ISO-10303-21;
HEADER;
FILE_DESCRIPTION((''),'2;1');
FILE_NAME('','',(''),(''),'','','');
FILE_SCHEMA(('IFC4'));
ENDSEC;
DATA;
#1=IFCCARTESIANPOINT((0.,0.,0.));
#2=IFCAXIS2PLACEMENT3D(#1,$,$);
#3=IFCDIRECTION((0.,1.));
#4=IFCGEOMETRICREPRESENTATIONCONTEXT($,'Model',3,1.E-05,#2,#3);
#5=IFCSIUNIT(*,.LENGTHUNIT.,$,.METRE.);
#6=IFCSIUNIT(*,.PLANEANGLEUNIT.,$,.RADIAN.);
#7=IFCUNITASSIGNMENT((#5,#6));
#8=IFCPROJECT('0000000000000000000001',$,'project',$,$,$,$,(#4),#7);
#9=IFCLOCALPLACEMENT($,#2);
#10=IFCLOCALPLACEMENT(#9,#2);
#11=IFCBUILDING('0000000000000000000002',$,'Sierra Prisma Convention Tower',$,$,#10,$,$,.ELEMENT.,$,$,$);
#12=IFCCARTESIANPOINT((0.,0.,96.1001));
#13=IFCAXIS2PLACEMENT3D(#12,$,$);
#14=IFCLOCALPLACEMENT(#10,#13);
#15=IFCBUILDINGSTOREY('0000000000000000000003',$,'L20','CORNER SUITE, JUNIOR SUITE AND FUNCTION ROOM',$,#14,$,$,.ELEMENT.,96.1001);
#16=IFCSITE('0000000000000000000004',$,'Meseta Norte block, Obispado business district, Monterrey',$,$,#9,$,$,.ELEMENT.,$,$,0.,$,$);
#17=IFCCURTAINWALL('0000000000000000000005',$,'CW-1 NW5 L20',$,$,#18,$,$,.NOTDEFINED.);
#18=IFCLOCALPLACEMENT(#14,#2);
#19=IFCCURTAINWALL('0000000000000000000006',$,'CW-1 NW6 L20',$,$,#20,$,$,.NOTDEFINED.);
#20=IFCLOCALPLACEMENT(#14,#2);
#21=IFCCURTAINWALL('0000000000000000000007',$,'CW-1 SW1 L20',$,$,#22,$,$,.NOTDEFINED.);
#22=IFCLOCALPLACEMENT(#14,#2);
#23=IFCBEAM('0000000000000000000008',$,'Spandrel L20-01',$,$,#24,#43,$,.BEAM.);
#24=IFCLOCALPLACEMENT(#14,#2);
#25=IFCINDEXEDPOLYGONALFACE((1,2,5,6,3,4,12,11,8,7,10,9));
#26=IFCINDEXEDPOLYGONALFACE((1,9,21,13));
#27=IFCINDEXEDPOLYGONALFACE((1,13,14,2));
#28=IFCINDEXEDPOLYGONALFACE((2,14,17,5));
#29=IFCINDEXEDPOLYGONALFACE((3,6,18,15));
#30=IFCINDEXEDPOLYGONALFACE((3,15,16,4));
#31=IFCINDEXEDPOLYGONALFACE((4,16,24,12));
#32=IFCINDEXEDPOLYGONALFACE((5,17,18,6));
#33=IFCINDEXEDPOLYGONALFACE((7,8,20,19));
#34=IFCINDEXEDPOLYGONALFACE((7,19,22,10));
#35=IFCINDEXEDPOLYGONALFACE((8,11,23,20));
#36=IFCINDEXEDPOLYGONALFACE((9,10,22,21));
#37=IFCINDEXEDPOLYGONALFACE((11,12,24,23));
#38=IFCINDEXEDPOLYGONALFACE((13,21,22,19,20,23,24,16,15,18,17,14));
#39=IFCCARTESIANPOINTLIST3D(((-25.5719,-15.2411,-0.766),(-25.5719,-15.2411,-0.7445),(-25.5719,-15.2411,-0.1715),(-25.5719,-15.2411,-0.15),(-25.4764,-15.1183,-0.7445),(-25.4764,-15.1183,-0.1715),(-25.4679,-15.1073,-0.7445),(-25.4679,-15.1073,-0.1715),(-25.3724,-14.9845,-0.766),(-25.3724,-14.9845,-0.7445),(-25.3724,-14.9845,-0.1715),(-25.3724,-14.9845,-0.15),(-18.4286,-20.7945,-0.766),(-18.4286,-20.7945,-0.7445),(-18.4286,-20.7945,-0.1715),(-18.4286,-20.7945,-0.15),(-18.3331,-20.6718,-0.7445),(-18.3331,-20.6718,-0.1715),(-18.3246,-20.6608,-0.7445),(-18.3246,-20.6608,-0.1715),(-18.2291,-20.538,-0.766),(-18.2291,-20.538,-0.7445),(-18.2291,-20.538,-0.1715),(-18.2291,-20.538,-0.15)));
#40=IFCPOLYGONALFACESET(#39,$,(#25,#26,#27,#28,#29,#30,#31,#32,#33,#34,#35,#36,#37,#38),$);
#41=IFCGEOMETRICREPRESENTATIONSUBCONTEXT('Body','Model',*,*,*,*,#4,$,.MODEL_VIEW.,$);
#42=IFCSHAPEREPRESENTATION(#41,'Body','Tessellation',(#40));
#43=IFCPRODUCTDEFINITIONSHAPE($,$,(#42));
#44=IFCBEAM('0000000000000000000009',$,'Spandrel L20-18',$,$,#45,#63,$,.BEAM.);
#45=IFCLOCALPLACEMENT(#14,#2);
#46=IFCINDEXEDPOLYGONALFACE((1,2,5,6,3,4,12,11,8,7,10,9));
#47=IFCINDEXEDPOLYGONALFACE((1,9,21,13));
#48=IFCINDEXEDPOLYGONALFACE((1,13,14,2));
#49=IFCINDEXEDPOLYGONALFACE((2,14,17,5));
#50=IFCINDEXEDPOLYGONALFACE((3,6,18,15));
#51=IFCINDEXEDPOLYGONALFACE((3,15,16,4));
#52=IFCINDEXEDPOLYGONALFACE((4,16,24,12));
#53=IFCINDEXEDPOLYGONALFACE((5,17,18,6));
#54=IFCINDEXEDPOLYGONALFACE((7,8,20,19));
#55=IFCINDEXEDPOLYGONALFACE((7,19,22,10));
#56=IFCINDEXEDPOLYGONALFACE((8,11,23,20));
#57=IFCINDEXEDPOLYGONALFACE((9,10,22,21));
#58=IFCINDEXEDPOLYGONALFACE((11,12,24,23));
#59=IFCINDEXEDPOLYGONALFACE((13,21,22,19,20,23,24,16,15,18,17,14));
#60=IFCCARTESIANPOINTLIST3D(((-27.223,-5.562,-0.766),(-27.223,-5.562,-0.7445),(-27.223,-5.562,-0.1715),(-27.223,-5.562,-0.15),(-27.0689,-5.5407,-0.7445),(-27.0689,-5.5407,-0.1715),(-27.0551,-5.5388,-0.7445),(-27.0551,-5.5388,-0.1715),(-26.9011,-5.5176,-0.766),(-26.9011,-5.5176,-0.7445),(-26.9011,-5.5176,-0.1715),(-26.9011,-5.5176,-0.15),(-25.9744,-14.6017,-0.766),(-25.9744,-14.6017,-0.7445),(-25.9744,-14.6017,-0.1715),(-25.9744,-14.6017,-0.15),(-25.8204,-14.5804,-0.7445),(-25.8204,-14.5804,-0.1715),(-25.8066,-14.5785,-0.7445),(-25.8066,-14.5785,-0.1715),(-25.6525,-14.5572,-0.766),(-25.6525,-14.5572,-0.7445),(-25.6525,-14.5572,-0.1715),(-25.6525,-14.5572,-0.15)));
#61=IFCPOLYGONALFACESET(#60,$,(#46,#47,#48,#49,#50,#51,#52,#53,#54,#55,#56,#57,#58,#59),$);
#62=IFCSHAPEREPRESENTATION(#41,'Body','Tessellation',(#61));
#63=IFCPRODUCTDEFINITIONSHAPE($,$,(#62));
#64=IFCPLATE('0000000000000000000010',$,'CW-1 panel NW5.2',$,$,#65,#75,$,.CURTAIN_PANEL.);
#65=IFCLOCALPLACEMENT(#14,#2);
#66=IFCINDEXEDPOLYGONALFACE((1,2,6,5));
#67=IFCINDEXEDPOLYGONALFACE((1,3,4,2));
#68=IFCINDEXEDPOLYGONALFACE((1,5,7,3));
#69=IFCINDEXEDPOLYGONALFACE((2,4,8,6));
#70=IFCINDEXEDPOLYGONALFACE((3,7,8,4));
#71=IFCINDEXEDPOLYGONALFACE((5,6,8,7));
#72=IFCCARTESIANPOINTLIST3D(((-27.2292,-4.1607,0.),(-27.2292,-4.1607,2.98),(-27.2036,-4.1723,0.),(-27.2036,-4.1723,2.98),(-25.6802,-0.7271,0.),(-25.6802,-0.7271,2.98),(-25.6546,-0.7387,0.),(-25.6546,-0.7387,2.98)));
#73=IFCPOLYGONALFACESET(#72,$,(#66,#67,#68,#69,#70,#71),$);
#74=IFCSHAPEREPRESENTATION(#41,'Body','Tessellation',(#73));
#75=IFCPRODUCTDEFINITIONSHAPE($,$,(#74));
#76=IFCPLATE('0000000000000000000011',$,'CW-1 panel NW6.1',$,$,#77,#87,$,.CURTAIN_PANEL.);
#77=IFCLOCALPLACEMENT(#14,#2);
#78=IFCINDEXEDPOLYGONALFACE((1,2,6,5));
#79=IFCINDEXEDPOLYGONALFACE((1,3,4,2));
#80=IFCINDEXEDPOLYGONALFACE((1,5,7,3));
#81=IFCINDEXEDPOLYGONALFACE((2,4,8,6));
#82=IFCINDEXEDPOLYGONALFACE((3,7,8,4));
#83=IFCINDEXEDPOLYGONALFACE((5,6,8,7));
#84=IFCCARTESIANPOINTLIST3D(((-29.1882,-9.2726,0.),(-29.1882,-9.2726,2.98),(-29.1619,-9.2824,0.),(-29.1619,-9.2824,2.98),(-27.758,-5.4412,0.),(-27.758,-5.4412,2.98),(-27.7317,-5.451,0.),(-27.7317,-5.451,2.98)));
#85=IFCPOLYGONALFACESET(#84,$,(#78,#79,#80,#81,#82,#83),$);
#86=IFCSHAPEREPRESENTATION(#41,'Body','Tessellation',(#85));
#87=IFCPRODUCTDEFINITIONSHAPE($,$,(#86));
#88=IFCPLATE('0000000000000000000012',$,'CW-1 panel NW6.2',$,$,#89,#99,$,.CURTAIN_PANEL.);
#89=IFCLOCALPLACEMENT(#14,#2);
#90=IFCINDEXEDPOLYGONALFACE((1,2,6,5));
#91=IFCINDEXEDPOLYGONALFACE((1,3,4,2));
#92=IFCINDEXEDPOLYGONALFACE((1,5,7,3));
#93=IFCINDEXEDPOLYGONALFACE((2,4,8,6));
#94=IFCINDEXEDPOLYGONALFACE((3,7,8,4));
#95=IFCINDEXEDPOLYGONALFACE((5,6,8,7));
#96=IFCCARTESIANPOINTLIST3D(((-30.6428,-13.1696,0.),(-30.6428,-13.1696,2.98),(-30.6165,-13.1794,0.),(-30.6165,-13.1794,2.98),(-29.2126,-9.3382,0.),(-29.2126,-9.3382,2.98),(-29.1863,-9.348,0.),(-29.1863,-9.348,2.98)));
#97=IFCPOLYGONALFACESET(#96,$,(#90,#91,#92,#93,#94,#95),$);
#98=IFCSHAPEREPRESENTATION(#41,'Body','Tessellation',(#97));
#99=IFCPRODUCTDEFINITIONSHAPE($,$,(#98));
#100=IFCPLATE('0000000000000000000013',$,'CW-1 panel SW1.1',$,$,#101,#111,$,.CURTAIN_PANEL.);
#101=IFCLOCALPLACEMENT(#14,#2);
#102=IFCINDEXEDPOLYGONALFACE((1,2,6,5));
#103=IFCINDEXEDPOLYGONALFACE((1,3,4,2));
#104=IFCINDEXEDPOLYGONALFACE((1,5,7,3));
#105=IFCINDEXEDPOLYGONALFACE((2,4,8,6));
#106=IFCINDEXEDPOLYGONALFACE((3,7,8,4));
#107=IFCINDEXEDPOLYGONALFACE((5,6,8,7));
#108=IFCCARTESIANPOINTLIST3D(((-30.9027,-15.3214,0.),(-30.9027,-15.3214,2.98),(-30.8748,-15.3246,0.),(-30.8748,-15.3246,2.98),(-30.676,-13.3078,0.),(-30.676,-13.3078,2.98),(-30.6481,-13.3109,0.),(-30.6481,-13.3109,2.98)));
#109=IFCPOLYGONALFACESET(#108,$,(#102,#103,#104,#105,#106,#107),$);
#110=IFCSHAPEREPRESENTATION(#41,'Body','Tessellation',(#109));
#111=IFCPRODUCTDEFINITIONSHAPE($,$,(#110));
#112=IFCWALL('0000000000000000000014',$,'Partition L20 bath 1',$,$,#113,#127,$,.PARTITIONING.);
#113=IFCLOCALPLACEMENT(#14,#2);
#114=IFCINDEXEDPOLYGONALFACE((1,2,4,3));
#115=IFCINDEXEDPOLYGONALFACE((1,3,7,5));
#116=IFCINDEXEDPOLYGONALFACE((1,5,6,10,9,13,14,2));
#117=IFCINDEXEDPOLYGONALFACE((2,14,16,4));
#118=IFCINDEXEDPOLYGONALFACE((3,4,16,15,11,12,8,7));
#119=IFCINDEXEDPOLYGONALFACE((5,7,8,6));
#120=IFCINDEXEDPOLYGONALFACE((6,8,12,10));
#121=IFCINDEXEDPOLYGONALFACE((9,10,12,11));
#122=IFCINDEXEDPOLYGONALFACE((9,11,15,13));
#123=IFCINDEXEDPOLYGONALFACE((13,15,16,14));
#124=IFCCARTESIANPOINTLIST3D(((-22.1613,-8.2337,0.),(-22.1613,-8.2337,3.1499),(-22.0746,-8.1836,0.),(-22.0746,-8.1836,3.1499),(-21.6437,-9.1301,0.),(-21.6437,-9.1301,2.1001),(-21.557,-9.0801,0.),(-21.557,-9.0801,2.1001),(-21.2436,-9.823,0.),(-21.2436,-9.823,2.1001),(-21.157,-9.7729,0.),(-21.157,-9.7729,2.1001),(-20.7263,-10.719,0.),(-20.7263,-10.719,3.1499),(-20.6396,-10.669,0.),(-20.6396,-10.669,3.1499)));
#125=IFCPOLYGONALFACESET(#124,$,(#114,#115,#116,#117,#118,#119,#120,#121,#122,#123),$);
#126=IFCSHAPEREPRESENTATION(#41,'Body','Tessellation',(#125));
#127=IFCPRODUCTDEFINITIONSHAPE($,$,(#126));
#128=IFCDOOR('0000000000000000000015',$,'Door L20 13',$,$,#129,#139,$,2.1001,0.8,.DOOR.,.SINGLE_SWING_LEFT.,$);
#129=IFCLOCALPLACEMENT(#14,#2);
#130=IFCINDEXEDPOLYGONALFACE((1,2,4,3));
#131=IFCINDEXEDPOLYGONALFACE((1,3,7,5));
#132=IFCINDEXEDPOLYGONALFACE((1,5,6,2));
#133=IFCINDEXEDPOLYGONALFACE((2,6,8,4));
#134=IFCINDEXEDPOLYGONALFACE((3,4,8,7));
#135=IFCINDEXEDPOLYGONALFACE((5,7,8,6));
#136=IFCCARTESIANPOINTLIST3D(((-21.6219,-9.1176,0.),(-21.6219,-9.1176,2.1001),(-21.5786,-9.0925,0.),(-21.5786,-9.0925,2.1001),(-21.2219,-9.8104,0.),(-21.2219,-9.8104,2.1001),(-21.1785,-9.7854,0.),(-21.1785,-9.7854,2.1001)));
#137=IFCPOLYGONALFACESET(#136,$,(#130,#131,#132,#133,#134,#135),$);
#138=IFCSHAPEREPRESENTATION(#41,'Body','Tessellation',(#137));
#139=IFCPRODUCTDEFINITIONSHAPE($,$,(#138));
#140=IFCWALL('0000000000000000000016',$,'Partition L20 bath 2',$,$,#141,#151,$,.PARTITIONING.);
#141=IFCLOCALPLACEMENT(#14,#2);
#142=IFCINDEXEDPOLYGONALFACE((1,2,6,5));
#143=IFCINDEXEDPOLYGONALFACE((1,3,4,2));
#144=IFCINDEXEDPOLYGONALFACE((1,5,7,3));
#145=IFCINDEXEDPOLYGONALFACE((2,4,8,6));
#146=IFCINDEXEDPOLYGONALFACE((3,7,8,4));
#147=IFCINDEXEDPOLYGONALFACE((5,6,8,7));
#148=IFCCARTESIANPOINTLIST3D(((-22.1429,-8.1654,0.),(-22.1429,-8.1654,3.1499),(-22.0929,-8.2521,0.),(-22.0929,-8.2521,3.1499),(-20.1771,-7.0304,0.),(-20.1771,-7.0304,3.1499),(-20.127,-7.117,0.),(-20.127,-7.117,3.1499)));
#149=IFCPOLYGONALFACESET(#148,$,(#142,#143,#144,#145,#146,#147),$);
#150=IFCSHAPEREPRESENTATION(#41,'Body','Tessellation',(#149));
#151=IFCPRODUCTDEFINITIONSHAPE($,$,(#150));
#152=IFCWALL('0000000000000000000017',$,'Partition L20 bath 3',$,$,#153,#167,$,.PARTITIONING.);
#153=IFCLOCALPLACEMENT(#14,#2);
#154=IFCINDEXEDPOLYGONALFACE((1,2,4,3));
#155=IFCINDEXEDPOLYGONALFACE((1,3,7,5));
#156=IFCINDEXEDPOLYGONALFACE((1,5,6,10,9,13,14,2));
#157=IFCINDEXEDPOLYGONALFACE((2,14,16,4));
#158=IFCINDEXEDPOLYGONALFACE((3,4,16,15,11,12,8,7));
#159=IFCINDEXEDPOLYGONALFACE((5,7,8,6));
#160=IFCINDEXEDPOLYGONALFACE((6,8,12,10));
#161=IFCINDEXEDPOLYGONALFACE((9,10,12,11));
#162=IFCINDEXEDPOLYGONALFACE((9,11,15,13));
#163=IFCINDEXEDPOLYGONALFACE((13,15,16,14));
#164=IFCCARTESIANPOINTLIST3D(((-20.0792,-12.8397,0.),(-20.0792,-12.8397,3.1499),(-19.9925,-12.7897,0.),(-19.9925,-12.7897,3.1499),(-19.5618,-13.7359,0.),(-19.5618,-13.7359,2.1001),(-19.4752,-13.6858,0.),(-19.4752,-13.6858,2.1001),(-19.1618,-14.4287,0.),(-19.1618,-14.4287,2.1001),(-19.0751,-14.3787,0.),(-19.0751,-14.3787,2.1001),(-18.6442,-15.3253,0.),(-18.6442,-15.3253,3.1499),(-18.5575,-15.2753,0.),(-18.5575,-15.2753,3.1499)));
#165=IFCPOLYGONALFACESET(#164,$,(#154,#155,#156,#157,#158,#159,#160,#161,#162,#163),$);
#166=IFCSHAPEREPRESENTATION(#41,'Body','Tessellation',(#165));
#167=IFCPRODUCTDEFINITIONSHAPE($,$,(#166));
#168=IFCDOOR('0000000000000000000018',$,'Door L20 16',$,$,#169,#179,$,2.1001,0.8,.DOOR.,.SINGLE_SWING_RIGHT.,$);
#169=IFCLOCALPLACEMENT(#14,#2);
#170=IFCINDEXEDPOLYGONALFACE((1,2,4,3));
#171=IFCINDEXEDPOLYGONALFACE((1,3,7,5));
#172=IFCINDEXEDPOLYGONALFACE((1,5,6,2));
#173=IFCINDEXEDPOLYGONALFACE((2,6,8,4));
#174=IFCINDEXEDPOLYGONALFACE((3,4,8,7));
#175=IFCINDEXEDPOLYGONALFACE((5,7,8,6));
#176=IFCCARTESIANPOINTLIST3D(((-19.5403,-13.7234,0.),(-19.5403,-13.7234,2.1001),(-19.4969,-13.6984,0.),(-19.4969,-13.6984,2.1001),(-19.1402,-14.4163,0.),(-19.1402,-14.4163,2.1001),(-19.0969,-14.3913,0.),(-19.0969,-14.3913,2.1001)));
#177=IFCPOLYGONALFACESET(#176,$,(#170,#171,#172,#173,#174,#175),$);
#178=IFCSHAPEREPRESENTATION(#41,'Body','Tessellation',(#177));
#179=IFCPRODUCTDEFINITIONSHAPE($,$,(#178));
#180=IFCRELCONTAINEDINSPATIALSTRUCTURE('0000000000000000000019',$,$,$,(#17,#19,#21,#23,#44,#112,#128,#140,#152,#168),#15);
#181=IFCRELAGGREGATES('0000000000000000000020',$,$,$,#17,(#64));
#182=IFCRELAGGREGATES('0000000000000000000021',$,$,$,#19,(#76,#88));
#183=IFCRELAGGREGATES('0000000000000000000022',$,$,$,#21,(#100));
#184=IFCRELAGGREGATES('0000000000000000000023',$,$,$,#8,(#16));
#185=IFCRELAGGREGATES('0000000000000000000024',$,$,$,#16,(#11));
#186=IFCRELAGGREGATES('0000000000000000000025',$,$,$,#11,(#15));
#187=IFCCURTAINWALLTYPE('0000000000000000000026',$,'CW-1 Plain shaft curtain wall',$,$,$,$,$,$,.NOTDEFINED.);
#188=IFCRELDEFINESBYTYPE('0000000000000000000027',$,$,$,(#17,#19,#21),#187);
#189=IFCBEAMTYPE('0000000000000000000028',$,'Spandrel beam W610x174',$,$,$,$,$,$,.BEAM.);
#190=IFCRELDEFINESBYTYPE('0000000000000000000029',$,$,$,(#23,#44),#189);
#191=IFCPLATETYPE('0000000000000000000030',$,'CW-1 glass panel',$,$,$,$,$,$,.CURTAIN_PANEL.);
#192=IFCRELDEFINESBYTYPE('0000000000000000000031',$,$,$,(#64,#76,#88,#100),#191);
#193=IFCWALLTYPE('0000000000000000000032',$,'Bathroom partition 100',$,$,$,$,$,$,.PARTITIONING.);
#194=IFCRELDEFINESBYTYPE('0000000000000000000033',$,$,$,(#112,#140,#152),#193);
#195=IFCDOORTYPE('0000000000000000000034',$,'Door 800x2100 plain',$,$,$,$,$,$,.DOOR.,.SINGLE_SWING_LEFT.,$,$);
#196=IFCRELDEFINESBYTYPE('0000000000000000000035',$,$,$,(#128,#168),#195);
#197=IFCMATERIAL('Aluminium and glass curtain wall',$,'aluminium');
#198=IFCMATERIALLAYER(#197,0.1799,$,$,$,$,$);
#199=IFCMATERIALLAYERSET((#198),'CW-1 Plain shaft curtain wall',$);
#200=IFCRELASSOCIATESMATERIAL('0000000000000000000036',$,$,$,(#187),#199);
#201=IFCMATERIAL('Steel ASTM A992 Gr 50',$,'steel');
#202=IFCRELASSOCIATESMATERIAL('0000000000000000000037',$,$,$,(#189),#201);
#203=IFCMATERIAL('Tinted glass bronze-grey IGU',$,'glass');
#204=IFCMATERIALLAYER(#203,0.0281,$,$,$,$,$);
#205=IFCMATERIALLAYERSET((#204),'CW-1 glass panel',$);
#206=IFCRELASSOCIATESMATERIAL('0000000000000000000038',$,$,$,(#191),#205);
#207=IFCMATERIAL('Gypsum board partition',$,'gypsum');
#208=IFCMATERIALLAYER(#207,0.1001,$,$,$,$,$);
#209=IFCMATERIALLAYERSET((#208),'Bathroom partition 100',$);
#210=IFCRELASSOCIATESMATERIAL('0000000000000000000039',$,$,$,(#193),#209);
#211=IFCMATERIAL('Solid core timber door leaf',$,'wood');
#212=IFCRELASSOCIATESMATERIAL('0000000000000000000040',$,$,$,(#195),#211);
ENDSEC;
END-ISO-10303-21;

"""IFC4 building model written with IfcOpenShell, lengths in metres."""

from ifc_helpers import new_model, si_unit, direction, frame, frame_2d, origin, origin_2d, place, context, subcontext, project, spatial, rectangle, i_section, extrude, material, layer, layer_set, material_profile, profile_set, type_object, element, fill, aggregate, save


model = new_model("IFC4")

# Units and contexts
model_context = context("Model", 3, precision=1e-05, world=origin(), true_north=direction((0.0, 1.0)))
body_context = subcontext(model_context, "Body", "Model", "MODEL_VIEW")
ifc_project = project(units=[si_unit("LENGTHUNIT", "METRE"), si_unit("PLANEANGLEUNIT", "RADIAN")], contexts=[model_context])

# Site, building, storey
site_placement = place(None, origin())
site = spatial("IfcSite", under=ifc_project, at=site_placement, Name="Meseta Norte block, Obispado business district, Monterrey", CompositionType="ELEMENT", RefElevation=0.0)
building_placement = place(site_placement, origin())
building = spatial("IfcBuilding", under=site, at=building_placement, Name="Sierra Prisma Convention Tower", CompositionType="ELEMENT")
storey_placement = place(building_placement, frame((0.0, 0.0, 96.1001)))
storey = spatial("IfcBuildingStorey", under=building, at=storey_placement, Name="L20", Description="CORNER SUITE, JUNIOR SUITE AND FUNCTION ROOM", CompositionType="ELEMENT", Elevation=96.1001)

# Curtain walls
ifc_material_1 = material(Name="Aluminium and glass curtain wall", Category="aluminium")
ifc_layer_1 = layer(ifc_material_1, 0.1799)
ifc_layer_set_1 = layer_set([ifc_layer_1], Name="CW-1 Plain shaft curtain wall")
curtain_wall_type = type_object("IfcCurtainWallType", Name="CW-1 Plain shaft curtain wall", PredefinedType="NOTDEFINED", material=ifc_layer_set_1)
curtain_wall_1_placement = place(storey_placement, origin())
curtain_wall_1 = element("IfcCurtainWall", 1, at=curtain_wall_1_placement, inside=storey, type_object=curtain_wall_type, Name="CW-1 NW5 L20", PredefinedType="NOTDEFINED")
curtain_wall_2_placement = place(storey_placement, origin())
curtain_wall_2 = element("IfcCurtainWall", 2, at=curtain_wall_2_placement, inside=storey, type_object=curtain_wall_type, Name="CW-1 NW6 L20", PredefinedType="NOTDEFINED")
curtain_wall_3_placement = place(storey_placement, origin())
curtain_wall_3 = element("IfcCurtainWall", 3, at=curtain_wall_3_placement, inside=storey, type_object=curtain_wall_type, Name="CW-1 SW1 L20", PredefinedType="NOTDEFINED")

# Beams
ifc_material_2 = material(Name="Steel ASTM A992 Gr 50", Category="steel")
ifc_material_profile_1 = material_profile(ifc_material_2, i_section(OverallWidth=0.325, OverallDepth=0.616, WebThickness=0.0139, FlangeThickness=0.0215, at=origin_2d()), Name="W610x174")
ifc_profile_set_1 = profile_set([ifc_material_profile_1], Name="Steel ASTM A992 Gr 50")
beam_type_1 = type_object("IfcBeamType", Name="Spandrel beam W610x174", PredefinedType="BEAM", material=ifc_profile_set_1)
beam_1_placement = place(storey_placement, frame((-25.4722, -15.1128, -0.458), z_axis=(0.789483, -0.613772, 0.0), x_axis=(0.613772, 0.789483, 0.0)))
element("IfcBeam", 4, at=beam_1_placement, inside=storey, type_object=beam_type_1, Name="Spandrel L20-01", PredefinedType="BEAM", context=body_context, shape_type="SweptSolid", body=[
    extrude(i_section(OverallWidth=0.325, OverallDepth=0.616, WebThickness=0.0139, FlangeThickness=0.0215, at=origin_2d()), origin(), (0.0, 0.0, 1.0), 9.0481),
])
beam_2_placement = place(storey_placement, frame((-27.062, -5.5398, -0.458), z_axis=(0.136817, -0.990596, 0.0), x_axis=(0.990596, 0.136817, 0.0)))
element("IfcBeam", 5, at=beam_2_placement, inside=storey, type_object=beam_type_1, Name="Spandrel L20-18", PredefinedType="BEAM", context=body_context, shape_type="SweptSolid", body=[
    extrude(i_section(OverallWidth=0.325, OverallDepth=0.616, WebThickness=0.0139, FlangeThickness=0.0215, at=origin_2d()), origin(), (0.0, 0.0, 1.0), 9.1255),
])

# Plates
ifc_material_3 = material(Name="Tinted glass bronze-grey IGU", Category="glass")
ifc_layer_2 = layer(ifc_material_3, 0.0281)
ifc_layer_set_2 = layer_set([ifc_layer_2], Name="CW-1 glass panel")
plate_type = type_object("IfcPlateType", Name="CW-1 glass panel", PredefinedType="CURTAIN_PANEL", material=ifc_layer_set_2)
plate_1_placement = place(storey_placement, frame((-26.4419, -2.4497, 0.0), z_axis=(0.0, 0.0, 1.0), x_axis=(-0.411231, -0.911531, 0.0)))
plate_1 = element("IfcPlate", 6, at=plate_1_placement, type_object=plate_type, Name="CW-1 panel NW5.2", PredefinedType="CURTAIN_PANEL", context=body_context, shape_type="SweptSolid", body=[
    extrude(rectangle(XDim=3.7668, YDim=0.0281, at=origin_2d()), origin(), (0.0, 0.0, 1.0), 2.98),
])
aggregate(curtain_wall_1, [plate_1])
plate_2_placement = place(storey_placement, frame((-28.46, -7.3618, 0.0), z_axis=(0.0, 0.0, 1.0), x_axis=(-0.349723, -0.936853, 0.0)))
plate_2 = element("IfcPlate", 7, at=plate_2_placement, type_object=plate_type, Name="CW-1 panel NW6.1", PredefinedType="CURTAIN_PANEL", context=body_context, shape_type="SweptSolid", body=[
    extrude(rectangle(XDim=4.0896, YDim=0.0281, at=origin_2d()), origin(), (0.0, 0.0, 1.0), 2.98),
])
plate_3_placement = place(storey_placement, frame((-29.9146, -11.2588, 0.0), z_axis=(0.0, 0.0, 1.0), x_axis=(-0.349723, -0.936853, 0.0)))
plate_3 = element("IfcPlate", 8, at=plate_3_placement, type_object=plate_type, Name="CW-1 panel NW6.2", PredefinedType="CURTAIN_PANEL", context=body_context, shape_type="SweptSolid", body=[
    extrude(rectangle(XDim=4.0896, YDim=0.0281, at=origin_2d()), origin(), (0.0, 0.0, 1.0), 2.98),
])
aggregate(curtain_wall_2, [plate_2, plate_3])
plate_4_placement = place(storey_placement, frame((-30.7754, -14.3162, 0.0), z_axis=(0.0, 0.0, 1.0), x_axis=(-0.111873, -0.993722, 0.0)))
plate_4 = element("IfcPlate", 9, at=plate_4_placement, type_object=plate_type, Name="CW-1 panel SW1.1", PredefinedType="CURTAIN_PANEL", context=body_context, shape_type="SweptSolid", body=[
    extrude(rectangle(XDim=2.0264, YDim=0.0281, at=origin_2d()), origin(), (0.0, 0.0, 1.0), 2.98),
])
aggregate(curtain_wall_3, [plate_4])

# Wall, opening, door
ifc_material_4 = material(Name="Gypsum board partition", Category="gypsum")
ifc_layer_3 = layer(ifc_material_4, 0.1001)
ifc_layer_set_3 = layer_set([ifc_layer_3], Name="Bathroom partition 100")
wall_type_1 = type_object("IfcWallType", Name="Bathroom partition 100", PredefinedType="PARTITIONING", material=ifc_layer_set_3)
wall_1_placement = place(storey_placement, frame((-20.6829, -10.6941, 0.0), z_axis=(0.0, 0.0, 1.0), x_axis=(-0.500037, 0.866004, 0.0)))
wall_1 = element("IfcWall", 10, at=wall_1_placement, inside=storey, type_object=wall_type_1, Name="Partition L20 bath 1", PredefinedType="PARTITIONING", context=body_context, shape_type="SweptSolid", body=[
    extrude(rectangle(XDim=2.8699, YDim=0.1001, at=frame_2d((1.4351, 0.0))), origin(), (0.0, 0.0, 1.0), 3.1499),
])
opening_1_placement = place(wall_1_placement, frame((1.0349, 0.0, 0.0)))
opening_1 = element("IfcOpeningElement", 11, at=opening_1_placement, cuts=wall_1, PredefinedType="OPENING", context=body_context, shape_type="SweptSolid", body=[
    extrude(rectangle(XDim=0.8, YDim=2.1001, at=frame_2d((0.3999, 1.05))), frame((0.0, 0.05, 0.0), z_axis=(0.0, -1.0, 0.0), x_axis=(1.0, 0.0, 0.0)), (0.0, 0.0, 1.0), 0.1001),
])
ifc_material_5 = material(Name="Solid core timber door leaf", Category="wood")
door_type_1 = type_object("IfcDoorType", Name="Door 800x2100 plain", OperationType="SINGLE_SWING_LEFT", PredefinedType="DOOR", material=ifc_material_5)
door_1_placement = place(opening_1_placement, origin())
door_1 = element("IfcDoor", 12, at=door_1_placement, inside=storey, type_object=door_type_1, Name="Door L20 13", OperationType="SINGLE_SWING_LEFT", OverallHeight=2.1001, OverallWidth=0.8, PredefinedType="DOOR", context=body_context, shape_type="SweptSolid", body=[
    extrude(rectangle(XDim=0.8, YDim=2.1001, at=frame_2d((0.3999, 1.05))), frame((0.0, 0.0249, 0.0), z_axis=(0.0, -1.0, 0.0), x_axis=(1.0, 0.0, 0.0)), (0.0, 0.0, 1.0), 0.05),
])
fill(opening_1, door_1)

# Wall
wall_2_placement = place(storey_placement, frame((-22.1179, -8.2087, 0.0), z_axis=(0.0, 0.0, 1.0), x_axis=(0.866017, 0.500014, 0.0)))
element("IfcWall", 13, at=wall_2_placement, inside=storey, type_object=wall_type_1, Name="Partition L20 bath 2", PredefinedType="PARTITIONING", context=body_context, shape_type="SweptSolid", body=[
    extrude(rectangle(XDim=2.27, YDim=0.1001, at=frame_2d((1.135, 0.0))), origin(), (0.0, 0.0, 1.0), 3.1499),
])

# Wall, opening, door
wall_3_placement = place(storey_placement, frame((-20.0359, -12.8147, 0.0), z_axis=(0.0, 0.0, 1.0), x_axis=(0.5, -0.866026, 0.0)))
wall_3 = element("IfcWall", 14, at=wall_3_placement, inside=storey, type_object=wall_type_1, Name="Partition L20 bath 3", PredefinedType="PARTITIONING", context=body_context, shape_type="SweptSolid", body=[
    extrude(rectangle(XDim=2.8701, YDim=0.1001, at=frame_2d((1.4351, 0.0))), origin(), (0.0, 0.0, 1.0), 3.1499),
])
opening_2_placement = place(wall_3_placement, frame((1.0349, 0.0, 0.0)))
opening_2 = element("IfcOpeningElement", 15, at=opening_2_placement, cuts=wall_3, PredefinedType="OPENING", context=body_context, shape_type="SweptSolid", body=[
    extrude(rectangle(XDim=0.8, YDim=2.1001, at=frame_2d((0.3999, 1.05))), frame((0.0, 0.05, 0.0), z_axis=(0.0, -1.0, 0.0), x_axis=(1.0, 0.0, 0.0)), (0.0, 0.0, 1.0), 0.1001),
])
door_2_placement = place(opening_2_placement, origin())
door_2 = element("IfcDoor", 16, at=door_2_placement, inside=storey, type_object=door_type_1, Name="Door L20 16", OperationType="SINGLE_SWING_RIGHT", OverallHeight=2.1001, OverallWidth=0.8, PredefinedType="DOOR", context=body_context, shape_type="SweptSolid", body=[
    extrude(rectangle(XDim=0.8, YDim=2.1001, at=frame_2d((0.3999, 1.05))), frame((0.0, 0.0249, 0.0), z_axis=(0.0, -1.0, 0.0), x_axis=(1.0, 0.0, 0.0)), (0.0, 0.0, 1.0), 0.05),
])
fill(opening_2, door_2)

save(model, "model.ifc")
